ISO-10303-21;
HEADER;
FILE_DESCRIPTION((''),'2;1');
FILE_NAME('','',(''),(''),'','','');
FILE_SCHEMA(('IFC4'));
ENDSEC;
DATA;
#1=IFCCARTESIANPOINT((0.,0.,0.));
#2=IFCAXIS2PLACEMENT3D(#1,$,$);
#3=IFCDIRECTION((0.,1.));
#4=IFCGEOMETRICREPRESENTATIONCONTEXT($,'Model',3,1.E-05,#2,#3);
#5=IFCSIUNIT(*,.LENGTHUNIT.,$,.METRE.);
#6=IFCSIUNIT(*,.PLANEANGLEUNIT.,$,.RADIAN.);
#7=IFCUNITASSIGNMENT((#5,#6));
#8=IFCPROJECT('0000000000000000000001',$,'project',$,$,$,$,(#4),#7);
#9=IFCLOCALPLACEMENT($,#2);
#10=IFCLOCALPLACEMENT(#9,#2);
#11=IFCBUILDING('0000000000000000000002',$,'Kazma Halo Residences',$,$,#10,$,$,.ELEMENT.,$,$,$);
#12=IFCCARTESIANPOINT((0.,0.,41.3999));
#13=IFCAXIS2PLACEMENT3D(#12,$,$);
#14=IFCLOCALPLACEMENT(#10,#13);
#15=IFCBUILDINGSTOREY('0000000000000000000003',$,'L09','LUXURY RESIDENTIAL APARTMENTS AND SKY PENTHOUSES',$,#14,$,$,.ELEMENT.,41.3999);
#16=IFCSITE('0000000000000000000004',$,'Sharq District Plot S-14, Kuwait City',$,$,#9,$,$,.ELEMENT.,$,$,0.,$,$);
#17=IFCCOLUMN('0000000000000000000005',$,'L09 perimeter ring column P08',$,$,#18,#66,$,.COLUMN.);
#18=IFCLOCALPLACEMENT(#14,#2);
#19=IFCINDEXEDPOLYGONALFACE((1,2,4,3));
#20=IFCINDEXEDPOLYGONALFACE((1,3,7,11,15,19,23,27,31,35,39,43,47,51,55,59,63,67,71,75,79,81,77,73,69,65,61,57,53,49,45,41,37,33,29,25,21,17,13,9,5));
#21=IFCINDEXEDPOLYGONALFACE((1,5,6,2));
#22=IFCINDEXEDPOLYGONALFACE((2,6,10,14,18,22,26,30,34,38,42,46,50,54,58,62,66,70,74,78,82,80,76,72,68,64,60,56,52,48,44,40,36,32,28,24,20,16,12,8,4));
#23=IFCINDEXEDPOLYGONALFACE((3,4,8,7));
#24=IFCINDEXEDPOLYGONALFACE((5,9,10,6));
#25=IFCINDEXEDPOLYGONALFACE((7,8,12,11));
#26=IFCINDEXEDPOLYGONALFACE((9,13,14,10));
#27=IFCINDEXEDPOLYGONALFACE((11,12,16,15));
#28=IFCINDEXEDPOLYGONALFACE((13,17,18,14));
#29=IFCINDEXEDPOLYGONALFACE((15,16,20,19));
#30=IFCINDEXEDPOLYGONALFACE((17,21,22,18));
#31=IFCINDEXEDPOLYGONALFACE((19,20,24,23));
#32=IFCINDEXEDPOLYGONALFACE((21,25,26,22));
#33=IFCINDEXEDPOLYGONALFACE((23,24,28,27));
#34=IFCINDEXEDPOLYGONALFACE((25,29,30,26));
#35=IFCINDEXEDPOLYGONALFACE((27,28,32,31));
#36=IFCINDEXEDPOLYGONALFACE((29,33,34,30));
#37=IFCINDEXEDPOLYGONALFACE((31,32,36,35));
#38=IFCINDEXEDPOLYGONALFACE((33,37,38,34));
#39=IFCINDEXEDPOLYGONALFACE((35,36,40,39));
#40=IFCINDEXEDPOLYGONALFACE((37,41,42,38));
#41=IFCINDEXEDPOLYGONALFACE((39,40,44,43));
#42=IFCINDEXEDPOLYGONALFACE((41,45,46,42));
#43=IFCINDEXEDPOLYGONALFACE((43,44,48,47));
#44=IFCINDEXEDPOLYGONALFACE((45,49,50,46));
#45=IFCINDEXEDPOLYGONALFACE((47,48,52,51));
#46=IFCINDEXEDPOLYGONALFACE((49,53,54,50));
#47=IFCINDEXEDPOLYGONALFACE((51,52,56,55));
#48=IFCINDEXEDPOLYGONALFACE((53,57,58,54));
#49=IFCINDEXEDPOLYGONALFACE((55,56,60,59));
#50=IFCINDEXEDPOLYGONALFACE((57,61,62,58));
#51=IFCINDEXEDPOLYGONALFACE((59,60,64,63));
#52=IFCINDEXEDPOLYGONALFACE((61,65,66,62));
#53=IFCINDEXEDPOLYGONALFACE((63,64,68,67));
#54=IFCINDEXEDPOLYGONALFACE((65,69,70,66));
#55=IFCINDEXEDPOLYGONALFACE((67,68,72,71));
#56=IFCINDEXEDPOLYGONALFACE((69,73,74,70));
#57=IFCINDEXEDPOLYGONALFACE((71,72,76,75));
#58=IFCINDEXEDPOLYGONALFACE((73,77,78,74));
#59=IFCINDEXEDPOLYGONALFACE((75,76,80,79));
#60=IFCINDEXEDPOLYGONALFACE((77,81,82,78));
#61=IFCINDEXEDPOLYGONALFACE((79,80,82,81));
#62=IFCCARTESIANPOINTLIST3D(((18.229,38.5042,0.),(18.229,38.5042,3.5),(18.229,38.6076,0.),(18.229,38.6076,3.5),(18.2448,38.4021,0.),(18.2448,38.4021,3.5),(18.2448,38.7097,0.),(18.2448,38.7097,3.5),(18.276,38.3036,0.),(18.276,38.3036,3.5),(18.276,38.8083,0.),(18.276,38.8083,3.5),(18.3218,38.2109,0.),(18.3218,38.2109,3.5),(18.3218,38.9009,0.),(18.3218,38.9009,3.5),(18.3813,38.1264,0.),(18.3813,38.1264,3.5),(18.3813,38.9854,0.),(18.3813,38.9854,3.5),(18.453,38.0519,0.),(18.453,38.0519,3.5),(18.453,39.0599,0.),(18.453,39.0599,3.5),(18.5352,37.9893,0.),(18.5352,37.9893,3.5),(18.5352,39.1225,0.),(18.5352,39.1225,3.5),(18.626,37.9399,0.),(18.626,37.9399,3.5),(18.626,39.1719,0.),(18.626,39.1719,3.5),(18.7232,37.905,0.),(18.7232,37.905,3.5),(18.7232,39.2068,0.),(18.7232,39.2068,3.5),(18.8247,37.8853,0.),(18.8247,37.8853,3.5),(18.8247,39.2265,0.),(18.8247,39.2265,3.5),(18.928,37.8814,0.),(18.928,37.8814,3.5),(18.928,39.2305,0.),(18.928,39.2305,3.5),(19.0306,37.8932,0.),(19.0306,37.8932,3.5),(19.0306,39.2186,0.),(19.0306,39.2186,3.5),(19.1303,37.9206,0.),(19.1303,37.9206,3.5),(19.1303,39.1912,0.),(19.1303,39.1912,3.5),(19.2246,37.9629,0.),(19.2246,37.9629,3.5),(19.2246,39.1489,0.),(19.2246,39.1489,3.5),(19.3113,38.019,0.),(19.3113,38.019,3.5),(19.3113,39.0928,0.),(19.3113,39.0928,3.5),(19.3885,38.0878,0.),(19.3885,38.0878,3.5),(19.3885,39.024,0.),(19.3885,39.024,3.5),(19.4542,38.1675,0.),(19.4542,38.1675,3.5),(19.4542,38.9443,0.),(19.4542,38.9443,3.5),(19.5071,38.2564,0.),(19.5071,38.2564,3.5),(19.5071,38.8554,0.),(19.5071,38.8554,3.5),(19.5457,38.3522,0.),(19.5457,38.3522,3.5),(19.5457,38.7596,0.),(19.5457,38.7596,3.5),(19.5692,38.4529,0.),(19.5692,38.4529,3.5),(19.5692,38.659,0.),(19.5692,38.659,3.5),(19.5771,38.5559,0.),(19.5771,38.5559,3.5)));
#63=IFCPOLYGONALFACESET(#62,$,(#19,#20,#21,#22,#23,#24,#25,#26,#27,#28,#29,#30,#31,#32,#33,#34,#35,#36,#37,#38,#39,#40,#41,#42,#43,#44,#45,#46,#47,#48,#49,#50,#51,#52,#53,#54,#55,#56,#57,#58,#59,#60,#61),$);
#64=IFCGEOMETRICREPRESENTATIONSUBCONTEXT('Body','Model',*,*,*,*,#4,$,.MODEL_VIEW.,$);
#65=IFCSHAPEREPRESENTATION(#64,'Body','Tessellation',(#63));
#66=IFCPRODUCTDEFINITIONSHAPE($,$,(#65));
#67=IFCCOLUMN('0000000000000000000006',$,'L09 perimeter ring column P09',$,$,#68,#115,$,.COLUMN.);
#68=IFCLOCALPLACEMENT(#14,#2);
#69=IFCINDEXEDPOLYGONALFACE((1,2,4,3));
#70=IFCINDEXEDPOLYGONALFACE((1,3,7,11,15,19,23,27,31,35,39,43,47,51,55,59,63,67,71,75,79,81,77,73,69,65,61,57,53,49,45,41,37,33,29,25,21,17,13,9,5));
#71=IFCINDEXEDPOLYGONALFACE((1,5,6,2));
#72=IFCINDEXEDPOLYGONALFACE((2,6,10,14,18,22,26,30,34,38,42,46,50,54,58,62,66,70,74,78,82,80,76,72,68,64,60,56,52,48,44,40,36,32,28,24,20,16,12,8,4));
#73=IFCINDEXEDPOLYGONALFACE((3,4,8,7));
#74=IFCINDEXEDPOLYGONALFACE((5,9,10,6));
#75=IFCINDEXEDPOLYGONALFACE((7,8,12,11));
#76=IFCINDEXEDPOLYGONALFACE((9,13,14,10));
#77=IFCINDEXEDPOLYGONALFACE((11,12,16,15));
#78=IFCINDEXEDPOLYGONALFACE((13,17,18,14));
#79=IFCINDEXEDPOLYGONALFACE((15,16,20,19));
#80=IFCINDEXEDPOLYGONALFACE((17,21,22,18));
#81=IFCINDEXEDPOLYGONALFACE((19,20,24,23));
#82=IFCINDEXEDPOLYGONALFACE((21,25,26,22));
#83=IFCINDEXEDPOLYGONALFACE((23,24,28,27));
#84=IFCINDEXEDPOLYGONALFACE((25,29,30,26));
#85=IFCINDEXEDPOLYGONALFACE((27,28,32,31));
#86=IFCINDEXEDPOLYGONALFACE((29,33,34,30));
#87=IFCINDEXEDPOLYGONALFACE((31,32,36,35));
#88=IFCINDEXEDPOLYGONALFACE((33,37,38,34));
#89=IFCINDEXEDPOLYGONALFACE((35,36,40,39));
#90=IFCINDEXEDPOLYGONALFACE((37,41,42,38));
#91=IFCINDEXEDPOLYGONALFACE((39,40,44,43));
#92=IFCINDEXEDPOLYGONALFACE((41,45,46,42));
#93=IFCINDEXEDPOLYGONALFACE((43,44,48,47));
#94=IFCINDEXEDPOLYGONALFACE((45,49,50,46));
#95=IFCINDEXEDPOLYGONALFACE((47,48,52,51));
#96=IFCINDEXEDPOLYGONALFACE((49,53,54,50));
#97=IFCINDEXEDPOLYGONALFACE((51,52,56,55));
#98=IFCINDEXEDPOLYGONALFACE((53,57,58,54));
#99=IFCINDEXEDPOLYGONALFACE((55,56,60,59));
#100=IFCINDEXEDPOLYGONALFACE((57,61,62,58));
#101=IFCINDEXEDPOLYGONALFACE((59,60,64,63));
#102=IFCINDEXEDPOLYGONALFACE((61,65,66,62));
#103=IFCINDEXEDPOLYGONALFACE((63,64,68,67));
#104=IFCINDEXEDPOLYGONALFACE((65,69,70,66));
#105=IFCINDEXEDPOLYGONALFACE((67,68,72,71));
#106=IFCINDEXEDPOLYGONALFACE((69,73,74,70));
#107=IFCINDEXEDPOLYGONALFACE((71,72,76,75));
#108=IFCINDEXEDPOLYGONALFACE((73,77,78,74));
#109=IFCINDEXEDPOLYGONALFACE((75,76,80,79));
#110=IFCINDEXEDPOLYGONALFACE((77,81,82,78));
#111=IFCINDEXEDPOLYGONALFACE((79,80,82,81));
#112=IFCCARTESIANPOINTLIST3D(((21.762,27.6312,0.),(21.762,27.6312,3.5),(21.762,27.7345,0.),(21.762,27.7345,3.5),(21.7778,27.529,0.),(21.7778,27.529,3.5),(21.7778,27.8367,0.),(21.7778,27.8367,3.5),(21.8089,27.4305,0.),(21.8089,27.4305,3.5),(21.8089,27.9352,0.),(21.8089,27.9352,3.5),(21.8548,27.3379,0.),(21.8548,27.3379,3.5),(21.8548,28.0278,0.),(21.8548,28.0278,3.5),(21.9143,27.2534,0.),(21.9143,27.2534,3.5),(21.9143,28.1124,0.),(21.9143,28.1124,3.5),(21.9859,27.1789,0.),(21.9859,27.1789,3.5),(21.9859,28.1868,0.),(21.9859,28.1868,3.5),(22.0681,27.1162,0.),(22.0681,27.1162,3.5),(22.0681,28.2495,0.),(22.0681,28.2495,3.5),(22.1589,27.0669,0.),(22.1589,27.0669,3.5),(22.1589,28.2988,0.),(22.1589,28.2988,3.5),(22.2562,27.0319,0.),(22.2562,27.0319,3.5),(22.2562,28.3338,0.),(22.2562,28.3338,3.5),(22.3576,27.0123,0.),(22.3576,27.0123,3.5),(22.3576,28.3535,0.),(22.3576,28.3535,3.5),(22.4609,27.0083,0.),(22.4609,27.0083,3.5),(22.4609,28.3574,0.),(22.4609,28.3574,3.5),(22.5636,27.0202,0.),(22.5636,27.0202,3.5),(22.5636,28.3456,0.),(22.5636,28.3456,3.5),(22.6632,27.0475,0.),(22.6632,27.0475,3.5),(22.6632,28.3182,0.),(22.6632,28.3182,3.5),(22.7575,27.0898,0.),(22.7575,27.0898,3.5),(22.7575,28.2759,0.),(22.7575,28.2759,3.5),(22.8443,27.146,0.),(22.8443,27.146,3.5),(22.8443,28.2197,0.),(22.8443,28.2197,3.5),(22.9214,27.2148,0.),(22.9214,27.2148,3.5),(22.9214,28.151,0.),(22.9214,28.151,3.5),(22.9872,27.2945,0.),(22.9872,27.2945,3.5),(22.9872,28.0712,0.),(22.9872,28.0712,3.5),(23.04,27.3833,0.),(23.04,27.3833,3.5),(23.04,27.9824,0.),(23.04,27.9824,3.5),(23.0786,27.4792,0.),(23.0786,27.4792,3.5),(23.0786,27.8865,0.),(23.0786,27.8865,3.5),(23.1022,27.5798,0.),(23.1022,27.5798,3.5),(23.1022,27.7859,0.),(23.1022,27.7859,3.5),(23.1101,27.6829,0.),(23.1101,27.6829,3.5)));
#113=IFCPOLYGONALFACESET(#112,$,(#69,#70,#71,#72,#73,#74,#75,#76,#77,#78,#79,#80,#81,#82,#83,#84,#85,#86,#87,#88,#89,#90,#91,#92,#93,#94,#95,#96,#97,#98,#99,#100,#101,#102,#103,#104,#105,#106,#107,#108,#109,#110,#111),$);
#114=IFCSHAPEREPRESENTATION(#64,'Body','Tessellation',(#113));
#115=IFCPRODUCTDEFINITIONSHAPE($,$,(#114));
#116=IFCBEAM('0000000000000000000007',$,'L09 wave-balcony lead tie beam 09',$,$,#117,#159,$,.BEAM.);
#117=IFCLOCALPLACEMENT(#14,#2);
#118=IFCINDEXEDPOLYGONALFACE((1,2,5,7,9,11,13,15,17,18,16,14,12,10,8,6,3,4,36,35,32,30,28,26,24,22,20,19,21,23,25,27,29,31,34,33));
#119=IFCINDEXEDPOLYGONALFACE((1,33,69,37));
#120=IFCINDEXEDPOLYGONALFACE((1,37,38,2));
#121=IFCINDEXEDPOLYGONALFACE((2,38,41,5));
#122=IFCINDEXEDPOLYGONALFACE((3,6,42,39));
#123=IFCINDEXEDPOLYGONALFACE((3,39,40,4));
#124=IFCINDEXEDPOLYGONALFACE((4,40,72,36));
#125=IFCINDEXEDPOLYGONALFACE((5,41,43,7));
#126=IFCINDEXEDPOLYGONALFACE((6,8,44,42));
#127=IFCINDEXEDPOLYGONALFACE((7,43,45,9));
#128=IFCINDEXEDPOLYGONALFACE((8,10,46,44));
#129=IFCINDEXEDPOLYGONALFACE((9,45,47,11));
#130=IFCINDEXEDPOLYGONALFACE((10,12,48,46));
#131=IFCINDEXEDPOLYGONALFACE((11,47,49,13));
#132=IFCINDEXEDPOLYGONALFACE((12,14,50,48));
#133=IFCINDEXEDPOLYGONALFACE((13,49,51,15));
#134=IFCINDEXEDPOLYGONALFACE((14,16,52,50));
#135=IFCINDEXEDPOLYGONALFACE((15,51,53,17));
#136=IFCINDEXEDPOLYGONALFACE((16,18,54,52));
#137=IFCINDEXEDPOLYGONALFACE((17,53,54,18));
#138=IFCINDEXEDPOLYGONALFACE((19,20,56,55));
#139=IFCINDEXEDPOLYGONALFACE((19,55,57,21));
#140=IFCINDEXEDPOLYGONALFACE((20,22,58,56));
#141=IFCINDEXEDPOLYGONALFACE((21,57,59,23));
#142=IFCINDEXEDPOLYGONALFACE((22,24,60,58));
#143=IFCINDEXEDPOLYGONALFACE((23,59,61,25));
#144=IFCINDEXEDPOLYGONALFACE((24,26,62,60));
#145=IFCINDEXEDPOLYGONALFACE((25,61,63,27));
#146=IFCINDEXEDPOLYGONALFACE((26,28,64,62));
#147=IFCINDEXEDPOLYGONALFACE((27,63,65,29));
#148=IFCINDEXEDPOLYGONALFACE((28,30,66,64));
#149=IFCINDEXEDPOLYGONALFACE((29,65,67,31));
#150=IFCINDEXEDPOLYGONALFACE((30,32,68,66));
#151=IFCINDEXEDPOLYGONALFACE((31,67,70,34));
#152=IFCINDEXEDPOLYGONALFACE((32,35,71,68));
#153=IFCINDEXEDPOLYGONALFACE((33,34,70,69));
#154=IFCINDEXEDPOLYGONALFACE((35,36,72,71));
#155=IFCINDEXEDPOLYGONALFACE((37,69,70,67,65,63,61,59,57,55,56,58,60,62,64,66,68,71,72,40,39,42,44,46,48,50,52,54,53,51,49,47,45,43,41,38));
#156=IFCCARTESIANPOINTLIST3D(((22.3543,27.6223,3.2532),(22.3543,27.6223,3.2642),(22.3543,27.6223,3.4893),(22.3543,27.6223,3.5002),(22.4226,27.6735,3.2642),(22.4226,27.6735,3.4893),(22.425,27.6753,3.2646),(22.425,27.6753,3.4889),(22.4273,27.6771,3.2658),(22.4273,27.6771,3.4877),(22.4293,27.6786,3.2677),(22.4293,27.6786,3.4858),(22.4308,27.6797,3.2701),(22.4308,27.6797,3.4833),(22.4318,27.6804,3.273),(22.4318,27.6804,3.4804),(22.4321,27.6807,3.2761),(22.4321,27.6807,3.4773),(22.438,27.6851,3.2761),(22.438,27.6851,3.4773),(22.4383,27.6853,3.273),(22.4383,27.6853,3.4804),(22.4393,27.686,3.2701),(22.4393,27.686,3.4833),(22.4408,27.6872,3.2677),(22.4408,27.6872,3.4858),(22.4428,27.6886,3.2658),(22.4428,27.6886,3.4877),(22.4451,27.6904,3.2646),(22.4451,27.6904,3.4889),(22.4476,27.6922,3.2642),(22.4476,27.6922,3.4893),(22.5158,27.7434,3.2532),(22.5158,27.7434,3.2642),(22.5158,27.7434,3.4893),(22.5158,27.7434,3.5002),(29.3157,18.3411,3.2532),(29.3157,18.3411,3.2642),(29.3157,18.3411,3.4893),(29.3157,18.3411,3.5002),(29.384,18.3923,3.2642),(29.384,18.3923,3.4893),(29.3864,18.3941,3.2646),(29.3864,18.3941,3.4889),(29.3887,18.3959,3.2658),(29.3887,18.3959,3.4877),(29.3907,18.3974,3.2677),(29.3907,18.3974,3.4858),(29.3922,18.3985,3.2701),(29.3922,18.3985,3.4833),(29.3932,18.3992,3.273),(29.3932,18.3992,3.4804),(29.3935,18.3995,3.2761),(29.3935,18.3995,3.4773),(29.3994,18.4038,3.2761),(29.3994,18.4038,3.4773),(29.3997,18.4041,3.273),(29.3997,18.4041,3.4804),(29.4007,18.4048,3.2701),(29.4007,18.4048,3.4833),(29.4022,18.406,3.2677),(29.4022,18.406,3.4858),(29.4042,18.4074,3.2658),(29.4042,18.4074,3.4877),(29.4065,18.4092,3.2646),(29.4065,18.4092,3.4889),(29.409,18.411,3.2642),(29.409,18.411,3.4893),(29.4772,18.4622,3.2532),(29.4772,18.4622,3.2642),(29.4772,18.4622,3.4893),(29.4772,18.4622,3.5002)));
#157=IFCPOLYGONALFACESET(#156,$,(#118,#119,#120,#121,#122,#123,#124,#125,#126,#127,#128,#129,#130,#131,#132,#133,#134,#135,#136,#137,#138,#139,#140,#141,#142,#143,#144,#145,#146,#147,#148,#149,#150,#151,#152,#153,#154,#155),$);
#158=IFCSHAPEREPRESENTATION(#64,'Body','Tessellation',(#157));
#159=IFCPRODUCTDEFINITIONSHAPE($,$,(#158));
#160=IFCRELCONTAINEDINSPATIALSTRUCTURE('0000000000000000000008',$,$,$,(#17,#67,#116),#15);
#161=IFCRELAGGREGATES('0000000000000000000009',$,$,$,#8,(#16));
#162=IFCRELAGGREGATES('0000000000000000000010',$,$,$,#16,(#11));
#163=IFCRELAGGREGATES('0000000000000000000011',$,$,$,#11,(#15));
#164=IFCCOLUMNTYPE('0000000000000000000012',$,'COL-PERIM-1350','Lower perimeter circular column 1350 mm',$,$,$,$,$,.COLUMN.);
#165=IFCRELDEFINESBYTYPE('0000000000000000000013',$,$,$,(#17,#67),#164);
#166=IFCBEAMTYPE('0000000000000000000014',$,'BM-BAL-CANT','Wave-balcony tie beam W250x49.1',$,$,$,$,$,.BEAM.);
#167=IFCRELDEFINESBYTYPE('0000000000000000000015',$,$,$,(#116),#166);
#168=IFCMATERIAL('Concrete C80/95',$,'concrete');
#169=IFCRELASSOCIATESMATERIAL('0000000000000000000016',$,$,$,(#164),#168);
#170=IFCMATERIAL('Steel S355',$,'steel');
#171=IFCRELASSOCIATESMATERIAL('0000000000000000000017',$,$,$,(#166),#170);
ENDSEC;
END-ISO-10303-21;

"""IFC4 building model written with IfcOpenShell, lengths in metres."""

from ifc_helpers import new_model, si_unit, direction, frame, origin, origin_2d, place, context, subcontext, project, spatial, circle, i_section, extrude, material, material_profile, profile_set, type_object, element, save


model = new_model("IFC4")

# Units and contexts
model_context = context("Model", 3, precision=1e-05, world=origin(), true_north=direction((0.0, 1.0)))
body_context = subcontext(model_context, "Body", "Model", "MODEL_VIEW")
ifc_project = project(units=[si_unit("LENGTHUNIT", "METRE"), si_unit("PLANEANGLEUNIT", "RADIAN")], contexts=[model_context])

# Site, building, storey
site_placement = place(None, origin())
site = spatial("IfcSite", under=ifc_project, at=site_placement, Name="Sharq District Plot S-14, Kuwait City", CompositionType="ELEMENT", RefElevation=0.0)
building_placement = place(site_placement, origin())
building = spatial("IfcBuilding", under=site, at=building_placement, Name="Kazma Halo Residences", CompositionType="ELEMENT")
storey_placement = place(building_placement, frame((0.0, 0.0, 41.3999)))
storey = spatial("IfcBuildingStorey", under=building, at=storey_placement, Name="L09", Description="LUXURY RESIDENTIAL APARTMENTS AND SKY PENTHOUSES", CompositionType="ELEMENT", Elevation=41.3999)

# Columns
ifc_material_1 = material(Name="Concrete C80/95", Category="concrete")
ifc_material_profile_1 = material_profile(ifc_material_1, circle(Radius=0.675, at=origin_2d()), Name="CIRC1350")
ifc_profile_set_1 = profile_set([ifc_material_profile_1], Name="Concrete C80/95")
column_type = type_object("IfcColumnType", Name="COL-PERIM-1350", Description="Lower perimeter circular column 1350 mm", PredefinedType="COLUMN", material=ifc_profile_set_1)
for number, where, z_axis, x_axis, name in (
    (1, (18.9021, 38.5559, 0.0), (0.0, 0.0, 1.0), (1.0, 0.0, 0.0), "L09 perimeter ring column P08"),
    (2, (22.4351, 27.6829, 0.0), (0.0, 0.0, 1.0), (1.0, 0.0, 0.0), "L09 perimeter ring column P09"),
):
    element("IfcColumn", number, at=place(storey_placement, frame(where, z_axis=z_axis, x_axis=x_axis)), inside=storey, type_object=column_type, Name=name, PredefinedType="COLUMN", context=body_context, shape_type="SweptSolid", body=[
        extrude(circle(Radius=0.675, at=origin_2d()), origin(), (0.0, 0.0, 1.0), 3.5),
    ])

# Beam
ifc_material_2 = material(Name="Steel S355", Category="steel")
ifc_material_profile_2 = material_profile(ifc_material_2, i_section(OverallWidth=0.2019, OverallDepth=0.2471, WebThickness=0.0073, FlangeThickness=0.011, FilletRadius=0.012, at=origin_2d()), Name="W250x49.1")
ifc_profile_set_2 = profile_set([ifc_material_profile_2], Name="Steel S355")
beam_type_1 = type_object("IfcBeamType", Name="BM-BAL-CANT", Description="Wave-balcony tie beam W250x49.1", PredefinedType="BEAM", material=ifc_profile_set_2)
beam_1_placement = place(storey_placement, frame((22.4351, 27.6829, 3.3767), z_axis=(0.600027, -0.79998, 0.0), x_axis=(0.79998, 0.600027, 0.0)))
element("IfcBeam", 3, at=beam_1_placement, inside=storey, type_object=beam_type_1, Name="L09 wave-balcony lead tie beam 09", PredefinedType="BEAM", context=body_context, shape_type="SweptSolid", body=[
    extrude(i_section(OverallWidth=0.2019, OverallDepth=0.2471, WebThickness=0.0073, FlangeThickness=0.011, FilletRadius=0.012, at=origin_2d()), origin(), (0.0, 0.0, 1.0), 11.6018),
])

save(model, "model.ifc")
